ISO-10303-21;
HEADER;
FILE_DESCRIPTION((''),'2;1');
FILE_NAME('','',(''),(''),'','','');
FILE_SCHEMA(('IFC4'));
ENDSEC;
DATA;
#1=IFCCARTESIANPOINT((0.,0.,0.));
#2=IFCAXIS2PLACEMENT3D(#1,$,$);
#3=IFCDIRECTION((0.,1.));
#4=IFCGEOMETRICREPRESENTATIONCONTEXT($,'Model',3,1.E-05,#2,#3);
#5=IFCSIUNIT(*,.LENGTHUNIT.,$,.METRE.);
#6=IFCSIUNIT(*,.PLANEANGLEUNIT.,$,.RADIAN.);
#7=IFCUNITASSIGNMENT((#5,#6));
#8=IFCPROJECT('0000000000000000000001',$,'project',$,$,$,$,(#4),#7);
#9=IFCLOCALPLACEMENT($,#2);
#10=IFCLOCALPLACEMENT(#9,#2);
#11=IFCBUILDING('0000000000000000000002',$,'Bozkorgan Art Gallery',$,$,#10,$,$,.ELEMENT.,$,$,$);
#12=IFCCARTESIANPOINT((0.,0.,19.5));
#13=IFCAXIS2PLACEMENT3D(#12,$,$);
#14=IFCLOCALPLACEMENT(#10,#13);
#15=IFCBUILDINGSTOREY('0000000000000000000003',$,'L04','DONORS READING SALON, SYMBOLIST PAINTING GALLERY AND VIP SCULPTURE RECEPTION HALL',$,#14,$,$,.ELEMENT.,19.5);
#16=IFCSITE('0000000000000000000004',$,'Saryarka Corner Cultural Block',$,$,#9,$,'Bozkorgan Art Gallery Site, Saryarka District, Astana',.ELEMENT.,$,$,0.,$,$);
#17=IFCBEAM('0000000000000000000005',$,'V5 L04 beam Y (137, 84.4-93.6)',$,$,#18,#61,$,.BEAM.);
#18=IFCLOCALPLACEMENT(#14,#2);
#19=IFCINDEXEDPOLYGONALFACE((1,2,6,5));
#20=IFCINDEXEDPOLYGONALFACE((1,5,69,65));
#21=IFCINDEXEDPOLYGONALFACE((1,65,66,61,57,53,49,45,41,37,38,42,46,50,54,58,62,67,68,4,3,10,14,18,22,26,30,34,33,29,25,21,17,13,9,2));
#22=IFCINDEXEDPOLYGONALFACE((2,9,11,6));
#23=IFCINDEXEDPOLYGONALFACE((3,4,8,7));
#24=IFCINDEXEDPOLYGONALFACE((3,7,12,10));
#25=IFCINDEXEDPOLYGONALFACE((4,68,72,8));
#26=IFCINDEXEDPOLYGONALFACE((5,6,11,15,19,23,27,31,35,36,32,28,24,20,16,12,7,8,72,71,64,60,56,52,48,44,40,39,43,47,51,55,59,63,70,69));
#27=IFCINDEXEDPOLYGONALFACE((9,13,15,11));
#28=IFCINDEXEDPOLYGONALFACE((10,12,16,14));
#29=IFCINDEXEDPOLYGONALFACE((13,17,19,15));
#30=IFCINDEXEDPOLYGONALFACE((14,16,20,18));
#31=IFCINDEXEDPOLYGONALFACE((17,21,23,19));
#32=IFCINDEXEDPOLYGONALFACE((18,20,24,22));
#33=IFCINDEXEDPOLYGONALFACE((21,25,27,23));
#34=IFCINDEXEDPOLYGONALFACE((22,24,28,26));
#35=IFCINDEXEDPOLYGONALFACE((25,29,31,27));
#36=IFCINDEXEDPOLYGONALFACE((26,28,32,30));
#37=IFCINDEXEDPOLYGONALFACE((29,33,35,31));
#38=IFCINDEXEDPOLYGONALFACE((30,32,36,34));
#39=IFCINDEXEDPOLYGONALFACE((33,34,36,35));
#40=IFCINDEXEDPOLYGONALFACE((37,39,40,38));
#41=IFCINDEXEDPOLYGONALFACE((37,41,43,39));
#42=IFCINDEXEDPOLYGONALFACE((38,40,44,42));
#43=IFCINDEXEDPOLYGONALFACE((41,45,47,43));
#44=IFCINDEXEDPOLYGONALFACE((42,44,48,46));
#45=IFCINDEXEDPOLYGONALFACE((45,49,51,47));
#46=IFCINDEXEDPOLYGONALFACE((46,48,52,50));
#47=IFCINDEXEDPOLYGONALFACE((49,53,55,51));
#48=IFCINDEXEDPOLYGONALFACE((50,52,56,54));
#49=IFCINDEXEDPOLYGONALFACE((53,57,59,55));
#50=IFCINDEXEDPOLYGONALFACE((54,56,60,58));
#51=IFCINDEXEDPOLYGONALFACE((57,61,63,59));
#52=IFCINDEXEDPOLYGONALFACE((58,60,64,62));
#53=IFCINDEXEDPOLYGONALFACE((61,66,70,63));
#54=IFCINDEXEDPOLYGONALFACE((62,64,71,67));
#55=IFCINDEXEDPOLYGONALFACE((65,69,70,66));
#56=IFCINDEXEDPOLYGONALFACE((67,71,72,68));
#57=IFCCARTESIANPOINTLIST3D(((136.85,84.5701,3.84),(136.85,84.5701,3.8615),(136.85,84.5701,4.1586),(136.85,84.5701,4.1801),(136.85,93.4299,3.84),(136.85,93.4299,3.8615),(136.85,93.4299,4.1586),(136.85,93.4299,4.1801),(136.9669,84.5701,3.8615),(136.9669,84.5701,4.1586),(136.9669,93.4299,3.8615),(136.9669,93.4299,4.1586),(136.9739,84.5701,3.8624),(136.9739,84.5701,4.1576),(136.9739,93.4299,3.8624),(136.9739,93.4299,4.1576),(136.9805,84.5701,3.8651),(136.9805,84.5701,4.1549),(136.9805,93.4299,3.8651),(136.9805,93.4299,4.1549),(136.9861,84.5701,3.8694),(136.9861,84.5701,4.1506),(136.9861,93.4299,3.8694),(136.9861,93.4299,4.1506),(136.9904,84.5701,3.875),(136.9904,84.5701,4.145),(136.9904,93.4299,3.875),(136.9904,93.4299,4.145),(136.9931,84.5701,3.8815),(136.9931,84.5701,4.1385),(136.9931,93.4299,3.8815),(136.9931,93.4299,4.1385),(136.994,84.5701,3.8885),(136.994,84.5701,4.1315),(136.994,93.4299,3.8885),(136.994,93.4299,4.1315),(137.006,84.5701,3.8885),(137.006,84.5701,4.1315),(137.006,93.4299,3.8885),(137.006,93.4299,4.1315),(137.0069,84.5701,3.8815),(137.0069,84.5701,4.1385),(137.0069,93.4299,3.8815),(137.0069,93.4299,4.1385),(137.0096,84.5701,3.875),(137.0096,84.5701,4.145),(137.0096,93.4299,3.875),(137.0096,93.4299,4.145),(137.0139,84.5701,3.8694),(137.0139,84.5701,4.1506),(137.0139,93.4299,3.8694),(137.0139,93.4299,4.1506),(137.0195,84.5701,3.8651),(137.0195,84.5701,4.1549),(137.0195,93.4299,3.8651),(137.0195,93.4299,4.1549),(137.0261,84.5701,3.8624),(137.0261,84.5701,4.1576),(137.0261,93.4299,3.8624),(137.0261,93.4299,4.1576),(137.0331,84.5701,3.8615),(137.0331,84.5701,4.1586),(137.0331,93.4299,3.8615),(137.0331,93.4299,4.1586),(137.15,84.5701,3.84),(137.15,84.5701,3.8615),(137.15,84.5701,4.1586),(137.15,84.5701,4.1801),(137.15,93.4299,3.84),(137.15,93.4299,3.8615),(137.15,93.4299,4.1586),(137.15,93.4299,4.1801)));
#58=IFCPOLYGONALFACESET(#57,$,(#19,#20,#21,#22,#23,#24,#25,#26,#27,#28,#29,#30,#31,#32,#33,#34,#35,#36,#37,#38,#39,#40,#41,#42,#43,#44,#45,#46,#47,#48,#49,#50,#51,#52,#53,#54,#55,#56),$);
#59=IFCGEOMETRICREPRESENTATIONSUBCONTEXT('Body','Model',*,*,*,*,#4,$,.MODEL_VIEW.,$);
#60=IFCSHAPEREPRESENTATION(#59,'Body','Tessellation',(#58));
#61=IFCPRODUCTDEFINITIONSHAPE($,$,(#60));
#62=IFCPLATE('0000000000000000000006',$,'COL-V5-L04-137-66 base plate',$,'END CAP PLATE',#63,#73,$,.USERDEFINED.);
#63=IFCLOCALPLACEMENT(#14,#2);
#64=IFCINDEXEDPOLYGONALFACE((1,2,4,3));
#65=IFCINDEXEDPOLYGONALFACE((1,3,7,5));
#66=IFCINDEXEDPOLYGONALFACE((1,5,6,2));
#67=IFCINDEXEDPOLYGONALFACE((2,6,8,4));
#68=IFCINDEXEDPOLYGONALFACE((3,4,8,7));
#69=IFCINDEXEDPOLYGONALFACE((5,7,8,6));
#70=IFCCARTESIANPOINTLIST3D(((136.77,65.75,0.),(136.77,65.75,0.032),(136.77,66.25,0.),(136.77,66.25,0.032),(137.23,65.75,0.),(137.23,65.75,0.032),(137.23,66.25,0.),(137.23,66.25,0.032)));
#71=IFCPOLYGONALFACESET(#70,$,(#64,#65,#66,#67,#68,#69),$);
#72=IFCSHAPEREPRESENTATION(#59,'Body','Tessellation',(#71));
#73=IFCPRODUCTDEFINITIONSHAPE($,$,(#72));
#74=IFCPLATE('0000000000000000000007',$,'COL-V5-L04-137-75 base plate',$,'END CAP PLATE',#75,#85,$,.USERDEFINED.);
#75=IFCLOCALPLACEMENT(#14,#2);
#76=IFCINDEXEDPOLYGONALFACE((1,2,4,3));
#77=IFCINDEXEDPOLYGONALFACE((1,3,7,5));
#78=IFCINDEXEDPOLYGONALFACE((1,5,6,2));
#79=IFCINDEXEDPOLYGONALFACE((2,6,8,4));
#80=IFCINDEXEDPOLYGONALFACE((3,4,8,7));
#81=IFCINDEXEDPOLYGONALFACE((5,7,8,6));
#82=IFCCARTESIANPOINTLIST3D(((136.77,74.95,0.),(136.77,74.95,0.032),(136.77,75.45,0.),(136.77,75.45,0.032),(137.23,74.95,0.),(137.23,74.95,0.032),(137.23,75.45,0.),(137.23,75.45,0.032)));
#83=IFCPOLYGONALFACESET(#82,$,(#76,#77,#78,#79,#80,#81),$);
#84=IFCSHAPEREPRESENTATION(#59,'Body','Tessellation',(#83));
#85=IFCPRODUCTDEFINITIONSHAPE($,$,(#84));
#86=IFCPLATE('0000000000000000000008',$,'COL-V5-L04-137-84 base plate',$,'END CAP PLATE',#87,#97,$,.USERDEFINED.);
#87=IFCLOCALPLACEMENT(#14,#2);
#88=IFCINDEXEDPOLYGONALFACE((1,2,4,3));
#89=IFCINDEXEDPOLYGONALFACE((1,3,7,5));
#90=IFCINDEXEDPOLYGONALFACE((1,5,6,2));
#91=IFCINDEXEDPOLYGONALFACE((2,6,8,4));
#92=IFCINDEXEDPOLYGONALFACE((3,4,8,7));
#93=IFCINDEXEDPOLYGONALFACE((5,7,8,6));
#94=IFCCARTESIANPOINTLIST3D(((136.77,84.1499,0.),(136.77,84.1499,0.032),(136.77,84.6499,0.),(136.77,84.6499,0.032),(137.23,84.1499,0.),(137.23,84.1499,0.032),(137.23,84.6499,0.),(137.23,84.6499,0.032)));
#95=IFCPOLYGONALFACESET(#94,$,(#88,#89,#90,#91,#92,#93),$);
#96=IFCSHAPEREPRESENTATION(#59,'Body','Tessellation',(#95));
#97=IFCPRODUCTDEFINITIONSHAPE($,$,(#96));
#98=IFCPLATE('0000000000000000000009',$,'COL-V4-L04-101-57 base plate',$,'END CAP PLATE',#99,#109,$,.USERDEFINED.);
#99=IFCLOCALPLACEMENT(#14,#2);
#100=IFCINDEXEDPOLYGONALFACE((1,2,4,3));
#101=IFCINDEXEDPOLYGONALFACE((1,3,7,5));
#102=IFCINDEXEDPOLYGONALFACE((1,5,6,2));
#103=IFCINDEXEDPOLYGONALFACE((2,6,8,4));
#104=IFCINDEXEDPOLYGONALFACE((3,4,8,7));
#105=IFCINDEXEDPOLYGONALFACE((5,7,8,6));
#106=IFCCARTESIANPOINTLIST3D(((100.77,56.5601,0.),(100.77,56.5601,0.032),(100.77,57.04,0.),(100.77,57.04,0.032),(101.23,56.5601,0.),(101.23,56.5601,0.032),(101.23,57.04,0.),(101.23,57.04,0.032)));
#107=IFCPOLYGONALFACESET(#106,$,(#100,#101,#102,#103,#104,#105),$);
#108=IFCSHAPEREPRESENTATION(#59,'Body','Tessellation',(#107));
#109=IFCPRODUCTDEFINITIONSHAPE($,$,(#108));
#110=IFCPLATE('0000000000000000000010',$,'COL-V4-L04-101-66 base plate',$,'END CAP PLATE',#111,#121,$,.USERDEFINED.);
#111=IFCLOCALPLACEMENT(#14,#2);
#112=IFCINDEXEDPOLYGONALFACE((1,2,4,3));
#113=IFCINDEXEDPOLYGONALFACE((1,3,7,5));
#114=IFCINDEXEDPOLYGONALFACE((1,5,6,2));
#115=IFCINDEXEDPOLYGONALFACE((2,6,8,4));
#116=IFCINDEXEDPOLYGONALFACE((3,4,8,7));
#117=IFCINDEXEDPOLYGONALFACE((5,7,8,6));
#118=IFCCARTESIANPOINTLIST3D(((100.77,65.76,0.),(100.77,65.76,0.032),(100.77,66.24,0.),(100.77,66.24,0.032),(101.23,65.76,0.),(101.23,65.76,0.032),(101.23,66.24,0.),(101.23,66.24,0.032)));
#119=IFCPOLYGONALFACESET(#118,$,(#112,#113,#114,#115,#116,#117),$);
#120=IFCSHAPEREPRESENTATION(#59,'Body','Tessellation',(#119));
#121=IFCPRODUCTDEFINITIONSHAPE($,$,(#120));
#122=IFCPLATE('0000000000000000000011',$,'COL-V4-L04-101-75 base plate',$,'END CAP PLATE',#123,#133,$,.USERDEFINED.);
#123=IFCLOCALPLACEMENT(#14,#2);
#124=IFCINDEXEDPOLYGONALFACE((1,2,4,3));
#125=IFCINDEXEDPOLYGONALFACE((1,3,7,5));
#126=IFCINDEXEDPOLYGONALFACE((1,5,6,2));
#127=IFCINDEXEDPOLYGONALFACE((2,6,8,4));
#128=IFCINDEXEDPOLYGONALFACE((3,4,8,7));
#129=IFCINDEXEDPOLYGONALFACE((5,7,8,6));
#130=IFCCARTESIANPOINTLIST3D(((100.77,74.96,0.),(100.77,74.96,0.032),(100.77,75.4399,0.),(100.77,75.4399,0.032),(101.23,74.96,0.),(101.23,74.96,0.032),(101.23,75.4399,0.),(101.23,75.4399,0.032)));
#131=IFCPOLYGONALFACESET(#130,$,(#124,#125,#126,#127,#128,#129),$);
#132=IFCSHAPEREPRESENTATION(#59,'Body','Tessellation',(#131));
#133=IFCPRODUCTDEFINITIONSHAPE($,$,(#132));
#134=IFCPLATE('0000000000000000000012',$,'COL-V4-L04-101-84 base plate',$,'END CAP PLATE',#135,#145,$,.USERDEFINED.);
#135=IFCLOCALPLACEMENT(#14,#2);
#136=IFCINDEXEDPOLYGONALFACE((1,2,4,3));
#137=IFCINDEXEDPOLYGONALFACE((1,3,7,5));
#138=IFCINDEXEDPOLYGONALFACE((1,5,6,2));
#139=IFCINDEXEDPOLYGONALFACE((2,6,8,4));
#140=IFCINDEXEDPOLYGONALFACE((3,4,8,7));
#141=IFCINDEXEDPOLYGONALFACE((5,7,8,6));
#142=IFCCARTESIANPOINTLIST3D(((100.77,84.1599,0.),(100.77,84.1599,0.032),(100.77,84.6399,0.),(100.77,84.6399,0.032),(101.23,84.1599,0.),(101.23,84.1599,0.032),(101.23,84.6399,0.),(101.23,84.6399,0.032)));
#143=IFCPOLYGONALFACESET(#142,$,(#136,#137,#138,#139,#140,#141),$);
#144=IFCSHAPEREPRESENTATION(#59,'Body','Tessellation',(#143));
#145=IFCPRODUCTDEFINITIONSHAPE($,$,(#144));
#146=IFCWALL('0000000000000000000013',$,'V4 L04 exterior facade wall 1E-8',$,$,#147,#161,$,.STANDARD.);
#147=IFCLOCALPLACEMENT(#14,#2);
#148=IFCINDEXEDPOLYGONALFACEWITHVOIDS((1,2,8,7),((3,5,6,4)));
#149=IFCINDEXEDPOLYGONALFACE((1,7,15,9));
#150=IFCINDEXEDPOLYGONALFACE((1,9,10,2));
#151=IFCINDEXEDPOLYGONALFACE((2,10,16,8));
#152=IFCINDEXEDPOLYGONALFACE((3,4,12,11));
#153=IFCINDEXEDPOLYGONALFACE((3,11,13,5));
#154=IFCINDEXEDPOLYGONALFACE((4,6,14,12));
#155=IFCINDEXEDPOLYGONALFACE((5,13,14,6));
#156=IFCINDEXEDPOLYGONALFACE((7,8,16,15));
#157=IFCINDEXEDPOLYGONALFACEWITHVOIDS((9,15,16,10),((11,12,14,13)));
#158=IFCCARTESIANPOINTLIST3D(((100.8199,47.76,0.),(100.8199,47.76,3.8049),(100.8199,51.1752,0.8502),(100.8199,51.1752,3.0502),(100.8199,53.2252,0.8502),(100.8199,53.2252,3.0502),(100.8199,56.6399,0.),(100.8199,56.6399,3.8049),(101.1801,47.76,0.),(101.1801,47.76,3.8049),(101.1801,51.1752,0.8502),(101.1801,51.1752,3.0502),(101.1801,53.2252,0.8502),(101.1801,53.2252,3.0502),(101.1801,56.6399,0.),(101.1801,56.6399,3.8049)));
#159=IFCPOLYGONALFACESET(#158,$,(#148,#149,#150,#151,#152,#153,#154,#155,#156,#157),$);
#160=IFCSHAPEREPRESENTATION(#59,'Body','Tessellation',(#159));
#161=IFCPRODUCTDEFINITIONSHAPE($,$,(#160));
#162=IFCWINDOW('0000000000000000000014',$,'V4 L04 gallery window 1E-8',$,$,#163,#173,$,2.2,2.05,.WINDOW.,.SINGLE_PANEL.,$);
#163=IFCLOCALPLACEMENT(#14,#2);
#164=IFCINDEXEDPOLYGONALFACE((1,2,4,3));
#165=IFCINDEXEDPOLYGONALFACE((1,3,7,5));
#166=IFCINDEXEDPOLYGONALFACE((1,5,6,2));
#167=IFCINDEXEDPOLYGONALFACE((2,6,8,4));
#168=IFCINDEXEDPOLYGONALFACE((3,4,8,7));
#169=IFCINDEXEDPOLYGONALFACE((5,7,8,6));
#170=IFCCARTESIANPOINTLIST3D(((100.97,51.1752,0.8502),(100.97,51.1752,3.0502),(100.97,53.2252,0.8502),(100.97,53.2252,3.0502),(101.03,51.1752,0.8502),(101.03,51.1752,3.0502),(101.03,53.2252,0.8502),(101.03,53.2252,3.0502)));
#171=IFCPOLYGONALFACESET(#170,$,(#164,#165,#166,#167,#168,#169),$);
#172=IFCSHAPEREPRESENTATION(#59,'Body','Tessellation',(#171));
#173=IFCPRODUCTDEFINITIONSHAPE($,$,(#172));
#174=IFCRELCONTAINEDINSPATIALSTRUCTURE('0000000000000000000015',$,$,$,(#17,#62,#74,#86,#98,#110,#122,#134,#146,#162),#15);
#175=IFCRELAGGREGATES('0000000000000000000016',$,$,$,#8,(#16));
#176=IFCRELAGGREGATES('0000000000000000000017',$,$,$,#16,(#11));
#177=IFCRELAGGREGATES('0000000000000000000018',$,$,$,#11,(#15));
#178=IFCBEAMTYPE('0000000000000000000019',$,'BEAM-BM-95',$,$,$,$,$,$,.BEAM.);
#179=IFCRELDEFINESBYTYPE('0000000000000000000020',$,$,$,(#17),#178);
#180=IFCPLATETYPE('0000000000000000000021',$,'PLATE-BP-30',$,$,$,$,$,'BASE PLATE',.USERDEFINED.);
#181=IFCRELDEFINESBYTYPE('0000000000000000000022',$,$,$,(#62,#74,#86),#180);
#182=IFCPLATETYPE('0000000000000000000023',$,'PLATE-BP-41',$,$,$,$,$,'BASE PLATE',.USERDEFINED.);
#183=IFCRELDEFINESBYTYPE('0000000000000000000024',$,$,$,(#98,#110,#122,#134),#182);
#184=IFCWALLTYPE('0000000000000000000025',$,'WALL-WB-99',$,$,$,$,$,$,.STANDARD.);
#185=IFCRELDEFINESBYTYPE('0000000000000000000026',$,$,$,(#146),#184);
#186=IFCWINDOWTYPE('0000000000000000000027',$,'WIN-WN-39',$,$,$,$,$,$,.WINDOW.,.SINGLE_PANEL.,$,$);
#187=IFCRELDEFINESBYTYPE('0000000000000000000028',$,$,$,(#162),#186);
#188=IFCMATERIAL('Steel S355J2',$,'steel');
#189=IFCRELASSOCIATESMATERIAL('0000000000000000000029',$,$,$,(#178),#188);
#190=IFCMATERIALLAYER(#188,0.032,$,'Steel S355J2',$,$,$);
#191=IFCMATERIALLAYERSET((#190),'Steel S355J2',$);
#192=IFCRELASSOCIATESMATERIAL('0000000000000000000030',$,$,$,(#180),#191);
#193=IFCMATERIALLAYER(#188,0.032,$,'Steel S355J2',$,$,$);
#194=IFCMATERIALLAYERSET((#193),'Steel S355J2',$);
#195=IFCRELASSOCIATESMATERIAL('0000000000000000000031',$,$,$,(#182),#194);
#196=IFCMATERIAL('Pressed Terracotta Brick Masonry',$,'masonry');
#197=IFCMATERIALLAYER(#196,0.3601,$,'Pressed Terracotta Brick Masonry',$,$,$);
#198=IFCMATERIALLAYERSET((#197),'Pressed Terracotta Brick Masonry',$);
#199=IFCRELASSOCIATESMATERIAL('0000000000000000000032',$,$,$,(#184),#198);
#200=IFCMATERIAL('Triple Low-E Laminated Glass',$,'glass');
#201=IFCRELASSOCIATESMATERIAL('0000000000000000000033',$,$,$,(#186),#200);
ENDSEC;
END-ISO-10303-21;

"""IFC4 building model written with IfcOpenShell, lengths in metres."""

from ifc_helpers import new_model, si_unit, direction, frame, frame_2d, origin, origin_2d, place, context, subcontext, project, spatial, rectangle, i_section, extrude, material, layer, layer_set, material_profile, profile_set, type_object, element, fill, save


model = new_model("IFC4")

# Units and contexts
model_context = context("Model", 3, precision=1e-05, world=origin(), true_north=direction((0.0, 1.0)))
body_context = subcontext(model_context, "Body", "Model", "MODEL_VIEW")
ifc_project = project(units=[si_unit("LENGTHUNIT", "METRE"), si_unit("PLANEANGLEUNIT", "RADIAN")], contexts=[model_context])

# Site, building, storey
site_placement = place(None, origin())
site = spatial("IfcSite", under=ifc_project, at=site_placement, Name="Saryarka Corner Cultural Block", LongName="Bozkorgan Art Gallery Site, Saryarka District, Astana", CompositionType="ELEMENT", RefElevation=0.0)
building_placement = place(site_placement, origin())
building = spatial("IfcBuilding", under=site, at=building_placement, Name="Bozkorgan Art Gallery", CompositionType="ELEMENT")
storey_placement = place(building_placement, frame((0.0, 0.0, 19.5)))
storey = spatial("IfcBuildingStorey", under=building, at=storey_placement, Name="L04", Description="DONORS READING SALON, SYMBOLIST PAINTING GALLERY AND VIP SCULPTURE RECEPTION HALL", CompositionType="ELEMENT", Elevation=19.5)

# Shared definitions
ifc_material_1 = material(Name="Steel S355J2", Category="steel")

# Beam
ifc_material_profile_1 = material_profile(ifc_material_1, i_section(OverallWidth=0.3, OverallDepth=0.3401, WebThickness=0.012, FlangeThickness=0.0215, FilletRadius=0.0271, at=origin_2d()), Name="HEB 340")
ifc_profile_set_1 = profile_set([ifc_material_profile_1], Name="Steel S355J2")
beam_type_1 = type_object("IfcBeamType", Name="BEAM-BM-95", PredefinedType="BEAM", material=ifc_profile_set_1)
for number, where, z_axis, x_axis, name in (
    (1, (137.0, 84.5701, 4.01), (0.0, 1.0, 0.0), (-1.0, 0.0, 0.0), "V5 L04 beam Y (137, 84.4-93.6)"),
):
    element("IfcBeam", number, at=place(storey_placement, frame(where, z_axis=z_axis, x_axis=x_axis)), inside=storey, type_object=beam_type_1, Name=name, PredefinedType="BEAM", context=body_context, shape_type="SweptSolid", body=[
        extrude(i_section(OverallWidth=0.3, OverallDepth=0.3401, WebThickness=0.012, FlangeThickness=0.0215, FilletRadius=0.0271, at=origin_2d()), origin(), (0.0, 0.0, 1.0), 8.8599),
    ])

# Plates
ifc_layer_1 = layer(ifc_material_1, 0.032, Name="Steel S355J2")
ifc_layer_set_1 = layer_set([ifc_layer_1], Name="Steel S355J2")
plate_type_1 = type_object("IfcPlateType", Name="PLATE-BP-30", ElementType="BASE PLATE", PredefinedType="USERDEFINED", material=ifc_layer_set_1)
for number, where, z_axis, x_axis, name in (
    (2, (137.0, 66.0, 0.0), (0.0, 0.0, 1.0), (1.0, 0.0, 0.0), "COL-V5-L04-137-66 base plate"),
    (3, (137.0, 75.2, 0.0), (0.0, 0.0, 1.0), (1.0, 0.0, 0.0), "COL-V5-L04-137-75 base plate"),
    (4, (137.0, 84.3999, 0.0), (0.0, 0.0, 1.0), (1.0, 0.0, 0.0), "COL-V5-L04-137-84 base plate"),
):
    element("IfcPlate", number, at=place(storey_placement, frame(where, z_axis=z_axis, x_axis=x_axis)), inside=storey, type_object=plate_type_1, Name=name, ObjectType="END CAP PLATE", PredefinedType="USERDEFINED", context=body_context, shape_type="SweptSolid", body=[
        extrude(rectangle(XDim=0.46, YDim=0.5, at=origin_2d()), origin(), (0.0, 0.0, 1.0), 0.032),
    ])
ifc_layer_2 = layer(ifc_material_1, 0.032, Name="Steel S355J2")
ifc_layer_set_2 = layer_set([ifc_layer_2], Name="Steel S355J2")
plate_type_2 = type_object("IfcPlateType", Name="PLATE-BP-41", ElementType="BASE PLATE", PredefinedType="USERDEFINED", material=ifc_layer_set_2)
for number, where, z_axis, x_axis, name in (
    (5, (101.0, 56.8, 0.0), (0.0, 0.0, 1.0), (1.0, 0.0, 0.0), "COL-V4-L04-101-57 base plate"),
    (6, (101.0, 66.0, 0.0), (0.0, 0.0, 1.0), (1.0, 0.0, 0.0), "COL-V4-L04-101-66 base plate"),
    (7, (101.0, 75.2, 0.0), (0.0, 0.0, 1.0), (1.0, 0.0, 0.0), "COL-V4-L04-101-75 base plate"),
    (8, (101.0, 84.3999, 0.0), (0.0, 0.0, 1.0), (1.0, 0.0, 0.0), "COL-V4-L04-101-84 base plate"),
):
    element("IfcPlate", number, at=place(storey_placement, frame(where, z_axis=z_axis, x_axis=x_axis)), inside=storey, type_object=plate_type_2, Name=name, ObjectType="END CAP PLATE", PredefinedType="USERDEFINED", context=body_context, shape_type="SweptSolid", body=[
        extrude(rectangle(XDim=0.46, YDim=0.48, at=origin_2d()), origin(), (0.0, 0.0, 1.0), 0.032),
    ])

# Wall, opening, window
ifc_material_2 = material(Name="Pressed Terracotta Brick Masonry", Category="masonry")
ifc_layer_3 = layer(ifc_material_2, 0.3601, Name="Pressed Terracotta Brick Masonry")
ifc_layer_set_3 = layer_set([ifc_layer_3], Name="Pressed Terracotta Brick Masonry")
wall_type = type_object("IfcWallType", Name="WALL-WB-99", PredefinedType="STANDARD", material=ifc_layer_set_3)
wall_1_placement = place(storey_placement, frame((101.0, 47.76, 0.0), z_axis=(0.0, 0.0, 1.0), x_axis=(0.0, 1.0, 0.0)))
wall_1 = element("IfcWall", 9, at=wall_1_placement, inside=storey, type_object=wall_type, Name="V4 L04 exterior facade wall 1E-8", PredefinedType="STANDARD", context=body_context, shape_type="SweptSolid", body=[
    extrude(rectangle(XDim=8.8799, YDim=0.3601, at=frame_2d((4.4399, 0.0))), origin(), (0.0, 0.0, 1.0), 3.8049),
])
opening_1_placement = place(wall_1_placement, frame((5.4651, 0.0, 0.8501), z_axis=(0.0, 0.0, 1.0), x_axis=(-1.0, 0.0, 0.0)))
opening_1 = element("IfcOpeningElement", 10, at=opening_1_placement, cuts=wall_1, PredefinedType="OPENING", context=body_context, shape_type="SweptSolid", body=[
    extrude(rectangle(XDim=2.05, YDim=2.2, at=frame_2d((1.0249, 1.1001))), frame((0.0, 0.1899, 0.0), z_axis=(0.0, -1.0, 0.0), x_axis=(1.0, 0.0, 0.0)), (0.0, 0.0, 1.0), 0.3801),
])
ifc_material_3 = material(Name="Triple Low-E Laminated Glass", Category="glass")
window_type_1 = type_object("IfcWindowType", Name="WIN-WN-39", PartitioningType="SINGLE_PANEL", PredefinedType="WINDOW", material=ifc_material_3)
window_1_placement = place(opening_1_placement, origin())
window_1 = element("IfcWindow", 11, at=window_1_placement, inside=storey, type_object=window_type_1, Name="V4 L04 gallery window 1E-8", OverallHeight=2.2, OverallWidth=2.05, PartitioningType="SINGLE_PANEL", PredefinedType="WINDOW", context=body_context, shape_type="SweptSolid", body=[
    extrude(rectangle(XDim=2.05, YDim=2.2, at=frame_2d((1.0249, 1.1001))), frame((0.0, 0.03, 0.0), z_axis=(0.0, -1.0, 0.0), x_axis=(1.0, 0.0, 0.0)), (0.0, 0.0, 1.0), 0.0601),
])
fill(opening_1, window_1)

save(model, "model.ifc")
